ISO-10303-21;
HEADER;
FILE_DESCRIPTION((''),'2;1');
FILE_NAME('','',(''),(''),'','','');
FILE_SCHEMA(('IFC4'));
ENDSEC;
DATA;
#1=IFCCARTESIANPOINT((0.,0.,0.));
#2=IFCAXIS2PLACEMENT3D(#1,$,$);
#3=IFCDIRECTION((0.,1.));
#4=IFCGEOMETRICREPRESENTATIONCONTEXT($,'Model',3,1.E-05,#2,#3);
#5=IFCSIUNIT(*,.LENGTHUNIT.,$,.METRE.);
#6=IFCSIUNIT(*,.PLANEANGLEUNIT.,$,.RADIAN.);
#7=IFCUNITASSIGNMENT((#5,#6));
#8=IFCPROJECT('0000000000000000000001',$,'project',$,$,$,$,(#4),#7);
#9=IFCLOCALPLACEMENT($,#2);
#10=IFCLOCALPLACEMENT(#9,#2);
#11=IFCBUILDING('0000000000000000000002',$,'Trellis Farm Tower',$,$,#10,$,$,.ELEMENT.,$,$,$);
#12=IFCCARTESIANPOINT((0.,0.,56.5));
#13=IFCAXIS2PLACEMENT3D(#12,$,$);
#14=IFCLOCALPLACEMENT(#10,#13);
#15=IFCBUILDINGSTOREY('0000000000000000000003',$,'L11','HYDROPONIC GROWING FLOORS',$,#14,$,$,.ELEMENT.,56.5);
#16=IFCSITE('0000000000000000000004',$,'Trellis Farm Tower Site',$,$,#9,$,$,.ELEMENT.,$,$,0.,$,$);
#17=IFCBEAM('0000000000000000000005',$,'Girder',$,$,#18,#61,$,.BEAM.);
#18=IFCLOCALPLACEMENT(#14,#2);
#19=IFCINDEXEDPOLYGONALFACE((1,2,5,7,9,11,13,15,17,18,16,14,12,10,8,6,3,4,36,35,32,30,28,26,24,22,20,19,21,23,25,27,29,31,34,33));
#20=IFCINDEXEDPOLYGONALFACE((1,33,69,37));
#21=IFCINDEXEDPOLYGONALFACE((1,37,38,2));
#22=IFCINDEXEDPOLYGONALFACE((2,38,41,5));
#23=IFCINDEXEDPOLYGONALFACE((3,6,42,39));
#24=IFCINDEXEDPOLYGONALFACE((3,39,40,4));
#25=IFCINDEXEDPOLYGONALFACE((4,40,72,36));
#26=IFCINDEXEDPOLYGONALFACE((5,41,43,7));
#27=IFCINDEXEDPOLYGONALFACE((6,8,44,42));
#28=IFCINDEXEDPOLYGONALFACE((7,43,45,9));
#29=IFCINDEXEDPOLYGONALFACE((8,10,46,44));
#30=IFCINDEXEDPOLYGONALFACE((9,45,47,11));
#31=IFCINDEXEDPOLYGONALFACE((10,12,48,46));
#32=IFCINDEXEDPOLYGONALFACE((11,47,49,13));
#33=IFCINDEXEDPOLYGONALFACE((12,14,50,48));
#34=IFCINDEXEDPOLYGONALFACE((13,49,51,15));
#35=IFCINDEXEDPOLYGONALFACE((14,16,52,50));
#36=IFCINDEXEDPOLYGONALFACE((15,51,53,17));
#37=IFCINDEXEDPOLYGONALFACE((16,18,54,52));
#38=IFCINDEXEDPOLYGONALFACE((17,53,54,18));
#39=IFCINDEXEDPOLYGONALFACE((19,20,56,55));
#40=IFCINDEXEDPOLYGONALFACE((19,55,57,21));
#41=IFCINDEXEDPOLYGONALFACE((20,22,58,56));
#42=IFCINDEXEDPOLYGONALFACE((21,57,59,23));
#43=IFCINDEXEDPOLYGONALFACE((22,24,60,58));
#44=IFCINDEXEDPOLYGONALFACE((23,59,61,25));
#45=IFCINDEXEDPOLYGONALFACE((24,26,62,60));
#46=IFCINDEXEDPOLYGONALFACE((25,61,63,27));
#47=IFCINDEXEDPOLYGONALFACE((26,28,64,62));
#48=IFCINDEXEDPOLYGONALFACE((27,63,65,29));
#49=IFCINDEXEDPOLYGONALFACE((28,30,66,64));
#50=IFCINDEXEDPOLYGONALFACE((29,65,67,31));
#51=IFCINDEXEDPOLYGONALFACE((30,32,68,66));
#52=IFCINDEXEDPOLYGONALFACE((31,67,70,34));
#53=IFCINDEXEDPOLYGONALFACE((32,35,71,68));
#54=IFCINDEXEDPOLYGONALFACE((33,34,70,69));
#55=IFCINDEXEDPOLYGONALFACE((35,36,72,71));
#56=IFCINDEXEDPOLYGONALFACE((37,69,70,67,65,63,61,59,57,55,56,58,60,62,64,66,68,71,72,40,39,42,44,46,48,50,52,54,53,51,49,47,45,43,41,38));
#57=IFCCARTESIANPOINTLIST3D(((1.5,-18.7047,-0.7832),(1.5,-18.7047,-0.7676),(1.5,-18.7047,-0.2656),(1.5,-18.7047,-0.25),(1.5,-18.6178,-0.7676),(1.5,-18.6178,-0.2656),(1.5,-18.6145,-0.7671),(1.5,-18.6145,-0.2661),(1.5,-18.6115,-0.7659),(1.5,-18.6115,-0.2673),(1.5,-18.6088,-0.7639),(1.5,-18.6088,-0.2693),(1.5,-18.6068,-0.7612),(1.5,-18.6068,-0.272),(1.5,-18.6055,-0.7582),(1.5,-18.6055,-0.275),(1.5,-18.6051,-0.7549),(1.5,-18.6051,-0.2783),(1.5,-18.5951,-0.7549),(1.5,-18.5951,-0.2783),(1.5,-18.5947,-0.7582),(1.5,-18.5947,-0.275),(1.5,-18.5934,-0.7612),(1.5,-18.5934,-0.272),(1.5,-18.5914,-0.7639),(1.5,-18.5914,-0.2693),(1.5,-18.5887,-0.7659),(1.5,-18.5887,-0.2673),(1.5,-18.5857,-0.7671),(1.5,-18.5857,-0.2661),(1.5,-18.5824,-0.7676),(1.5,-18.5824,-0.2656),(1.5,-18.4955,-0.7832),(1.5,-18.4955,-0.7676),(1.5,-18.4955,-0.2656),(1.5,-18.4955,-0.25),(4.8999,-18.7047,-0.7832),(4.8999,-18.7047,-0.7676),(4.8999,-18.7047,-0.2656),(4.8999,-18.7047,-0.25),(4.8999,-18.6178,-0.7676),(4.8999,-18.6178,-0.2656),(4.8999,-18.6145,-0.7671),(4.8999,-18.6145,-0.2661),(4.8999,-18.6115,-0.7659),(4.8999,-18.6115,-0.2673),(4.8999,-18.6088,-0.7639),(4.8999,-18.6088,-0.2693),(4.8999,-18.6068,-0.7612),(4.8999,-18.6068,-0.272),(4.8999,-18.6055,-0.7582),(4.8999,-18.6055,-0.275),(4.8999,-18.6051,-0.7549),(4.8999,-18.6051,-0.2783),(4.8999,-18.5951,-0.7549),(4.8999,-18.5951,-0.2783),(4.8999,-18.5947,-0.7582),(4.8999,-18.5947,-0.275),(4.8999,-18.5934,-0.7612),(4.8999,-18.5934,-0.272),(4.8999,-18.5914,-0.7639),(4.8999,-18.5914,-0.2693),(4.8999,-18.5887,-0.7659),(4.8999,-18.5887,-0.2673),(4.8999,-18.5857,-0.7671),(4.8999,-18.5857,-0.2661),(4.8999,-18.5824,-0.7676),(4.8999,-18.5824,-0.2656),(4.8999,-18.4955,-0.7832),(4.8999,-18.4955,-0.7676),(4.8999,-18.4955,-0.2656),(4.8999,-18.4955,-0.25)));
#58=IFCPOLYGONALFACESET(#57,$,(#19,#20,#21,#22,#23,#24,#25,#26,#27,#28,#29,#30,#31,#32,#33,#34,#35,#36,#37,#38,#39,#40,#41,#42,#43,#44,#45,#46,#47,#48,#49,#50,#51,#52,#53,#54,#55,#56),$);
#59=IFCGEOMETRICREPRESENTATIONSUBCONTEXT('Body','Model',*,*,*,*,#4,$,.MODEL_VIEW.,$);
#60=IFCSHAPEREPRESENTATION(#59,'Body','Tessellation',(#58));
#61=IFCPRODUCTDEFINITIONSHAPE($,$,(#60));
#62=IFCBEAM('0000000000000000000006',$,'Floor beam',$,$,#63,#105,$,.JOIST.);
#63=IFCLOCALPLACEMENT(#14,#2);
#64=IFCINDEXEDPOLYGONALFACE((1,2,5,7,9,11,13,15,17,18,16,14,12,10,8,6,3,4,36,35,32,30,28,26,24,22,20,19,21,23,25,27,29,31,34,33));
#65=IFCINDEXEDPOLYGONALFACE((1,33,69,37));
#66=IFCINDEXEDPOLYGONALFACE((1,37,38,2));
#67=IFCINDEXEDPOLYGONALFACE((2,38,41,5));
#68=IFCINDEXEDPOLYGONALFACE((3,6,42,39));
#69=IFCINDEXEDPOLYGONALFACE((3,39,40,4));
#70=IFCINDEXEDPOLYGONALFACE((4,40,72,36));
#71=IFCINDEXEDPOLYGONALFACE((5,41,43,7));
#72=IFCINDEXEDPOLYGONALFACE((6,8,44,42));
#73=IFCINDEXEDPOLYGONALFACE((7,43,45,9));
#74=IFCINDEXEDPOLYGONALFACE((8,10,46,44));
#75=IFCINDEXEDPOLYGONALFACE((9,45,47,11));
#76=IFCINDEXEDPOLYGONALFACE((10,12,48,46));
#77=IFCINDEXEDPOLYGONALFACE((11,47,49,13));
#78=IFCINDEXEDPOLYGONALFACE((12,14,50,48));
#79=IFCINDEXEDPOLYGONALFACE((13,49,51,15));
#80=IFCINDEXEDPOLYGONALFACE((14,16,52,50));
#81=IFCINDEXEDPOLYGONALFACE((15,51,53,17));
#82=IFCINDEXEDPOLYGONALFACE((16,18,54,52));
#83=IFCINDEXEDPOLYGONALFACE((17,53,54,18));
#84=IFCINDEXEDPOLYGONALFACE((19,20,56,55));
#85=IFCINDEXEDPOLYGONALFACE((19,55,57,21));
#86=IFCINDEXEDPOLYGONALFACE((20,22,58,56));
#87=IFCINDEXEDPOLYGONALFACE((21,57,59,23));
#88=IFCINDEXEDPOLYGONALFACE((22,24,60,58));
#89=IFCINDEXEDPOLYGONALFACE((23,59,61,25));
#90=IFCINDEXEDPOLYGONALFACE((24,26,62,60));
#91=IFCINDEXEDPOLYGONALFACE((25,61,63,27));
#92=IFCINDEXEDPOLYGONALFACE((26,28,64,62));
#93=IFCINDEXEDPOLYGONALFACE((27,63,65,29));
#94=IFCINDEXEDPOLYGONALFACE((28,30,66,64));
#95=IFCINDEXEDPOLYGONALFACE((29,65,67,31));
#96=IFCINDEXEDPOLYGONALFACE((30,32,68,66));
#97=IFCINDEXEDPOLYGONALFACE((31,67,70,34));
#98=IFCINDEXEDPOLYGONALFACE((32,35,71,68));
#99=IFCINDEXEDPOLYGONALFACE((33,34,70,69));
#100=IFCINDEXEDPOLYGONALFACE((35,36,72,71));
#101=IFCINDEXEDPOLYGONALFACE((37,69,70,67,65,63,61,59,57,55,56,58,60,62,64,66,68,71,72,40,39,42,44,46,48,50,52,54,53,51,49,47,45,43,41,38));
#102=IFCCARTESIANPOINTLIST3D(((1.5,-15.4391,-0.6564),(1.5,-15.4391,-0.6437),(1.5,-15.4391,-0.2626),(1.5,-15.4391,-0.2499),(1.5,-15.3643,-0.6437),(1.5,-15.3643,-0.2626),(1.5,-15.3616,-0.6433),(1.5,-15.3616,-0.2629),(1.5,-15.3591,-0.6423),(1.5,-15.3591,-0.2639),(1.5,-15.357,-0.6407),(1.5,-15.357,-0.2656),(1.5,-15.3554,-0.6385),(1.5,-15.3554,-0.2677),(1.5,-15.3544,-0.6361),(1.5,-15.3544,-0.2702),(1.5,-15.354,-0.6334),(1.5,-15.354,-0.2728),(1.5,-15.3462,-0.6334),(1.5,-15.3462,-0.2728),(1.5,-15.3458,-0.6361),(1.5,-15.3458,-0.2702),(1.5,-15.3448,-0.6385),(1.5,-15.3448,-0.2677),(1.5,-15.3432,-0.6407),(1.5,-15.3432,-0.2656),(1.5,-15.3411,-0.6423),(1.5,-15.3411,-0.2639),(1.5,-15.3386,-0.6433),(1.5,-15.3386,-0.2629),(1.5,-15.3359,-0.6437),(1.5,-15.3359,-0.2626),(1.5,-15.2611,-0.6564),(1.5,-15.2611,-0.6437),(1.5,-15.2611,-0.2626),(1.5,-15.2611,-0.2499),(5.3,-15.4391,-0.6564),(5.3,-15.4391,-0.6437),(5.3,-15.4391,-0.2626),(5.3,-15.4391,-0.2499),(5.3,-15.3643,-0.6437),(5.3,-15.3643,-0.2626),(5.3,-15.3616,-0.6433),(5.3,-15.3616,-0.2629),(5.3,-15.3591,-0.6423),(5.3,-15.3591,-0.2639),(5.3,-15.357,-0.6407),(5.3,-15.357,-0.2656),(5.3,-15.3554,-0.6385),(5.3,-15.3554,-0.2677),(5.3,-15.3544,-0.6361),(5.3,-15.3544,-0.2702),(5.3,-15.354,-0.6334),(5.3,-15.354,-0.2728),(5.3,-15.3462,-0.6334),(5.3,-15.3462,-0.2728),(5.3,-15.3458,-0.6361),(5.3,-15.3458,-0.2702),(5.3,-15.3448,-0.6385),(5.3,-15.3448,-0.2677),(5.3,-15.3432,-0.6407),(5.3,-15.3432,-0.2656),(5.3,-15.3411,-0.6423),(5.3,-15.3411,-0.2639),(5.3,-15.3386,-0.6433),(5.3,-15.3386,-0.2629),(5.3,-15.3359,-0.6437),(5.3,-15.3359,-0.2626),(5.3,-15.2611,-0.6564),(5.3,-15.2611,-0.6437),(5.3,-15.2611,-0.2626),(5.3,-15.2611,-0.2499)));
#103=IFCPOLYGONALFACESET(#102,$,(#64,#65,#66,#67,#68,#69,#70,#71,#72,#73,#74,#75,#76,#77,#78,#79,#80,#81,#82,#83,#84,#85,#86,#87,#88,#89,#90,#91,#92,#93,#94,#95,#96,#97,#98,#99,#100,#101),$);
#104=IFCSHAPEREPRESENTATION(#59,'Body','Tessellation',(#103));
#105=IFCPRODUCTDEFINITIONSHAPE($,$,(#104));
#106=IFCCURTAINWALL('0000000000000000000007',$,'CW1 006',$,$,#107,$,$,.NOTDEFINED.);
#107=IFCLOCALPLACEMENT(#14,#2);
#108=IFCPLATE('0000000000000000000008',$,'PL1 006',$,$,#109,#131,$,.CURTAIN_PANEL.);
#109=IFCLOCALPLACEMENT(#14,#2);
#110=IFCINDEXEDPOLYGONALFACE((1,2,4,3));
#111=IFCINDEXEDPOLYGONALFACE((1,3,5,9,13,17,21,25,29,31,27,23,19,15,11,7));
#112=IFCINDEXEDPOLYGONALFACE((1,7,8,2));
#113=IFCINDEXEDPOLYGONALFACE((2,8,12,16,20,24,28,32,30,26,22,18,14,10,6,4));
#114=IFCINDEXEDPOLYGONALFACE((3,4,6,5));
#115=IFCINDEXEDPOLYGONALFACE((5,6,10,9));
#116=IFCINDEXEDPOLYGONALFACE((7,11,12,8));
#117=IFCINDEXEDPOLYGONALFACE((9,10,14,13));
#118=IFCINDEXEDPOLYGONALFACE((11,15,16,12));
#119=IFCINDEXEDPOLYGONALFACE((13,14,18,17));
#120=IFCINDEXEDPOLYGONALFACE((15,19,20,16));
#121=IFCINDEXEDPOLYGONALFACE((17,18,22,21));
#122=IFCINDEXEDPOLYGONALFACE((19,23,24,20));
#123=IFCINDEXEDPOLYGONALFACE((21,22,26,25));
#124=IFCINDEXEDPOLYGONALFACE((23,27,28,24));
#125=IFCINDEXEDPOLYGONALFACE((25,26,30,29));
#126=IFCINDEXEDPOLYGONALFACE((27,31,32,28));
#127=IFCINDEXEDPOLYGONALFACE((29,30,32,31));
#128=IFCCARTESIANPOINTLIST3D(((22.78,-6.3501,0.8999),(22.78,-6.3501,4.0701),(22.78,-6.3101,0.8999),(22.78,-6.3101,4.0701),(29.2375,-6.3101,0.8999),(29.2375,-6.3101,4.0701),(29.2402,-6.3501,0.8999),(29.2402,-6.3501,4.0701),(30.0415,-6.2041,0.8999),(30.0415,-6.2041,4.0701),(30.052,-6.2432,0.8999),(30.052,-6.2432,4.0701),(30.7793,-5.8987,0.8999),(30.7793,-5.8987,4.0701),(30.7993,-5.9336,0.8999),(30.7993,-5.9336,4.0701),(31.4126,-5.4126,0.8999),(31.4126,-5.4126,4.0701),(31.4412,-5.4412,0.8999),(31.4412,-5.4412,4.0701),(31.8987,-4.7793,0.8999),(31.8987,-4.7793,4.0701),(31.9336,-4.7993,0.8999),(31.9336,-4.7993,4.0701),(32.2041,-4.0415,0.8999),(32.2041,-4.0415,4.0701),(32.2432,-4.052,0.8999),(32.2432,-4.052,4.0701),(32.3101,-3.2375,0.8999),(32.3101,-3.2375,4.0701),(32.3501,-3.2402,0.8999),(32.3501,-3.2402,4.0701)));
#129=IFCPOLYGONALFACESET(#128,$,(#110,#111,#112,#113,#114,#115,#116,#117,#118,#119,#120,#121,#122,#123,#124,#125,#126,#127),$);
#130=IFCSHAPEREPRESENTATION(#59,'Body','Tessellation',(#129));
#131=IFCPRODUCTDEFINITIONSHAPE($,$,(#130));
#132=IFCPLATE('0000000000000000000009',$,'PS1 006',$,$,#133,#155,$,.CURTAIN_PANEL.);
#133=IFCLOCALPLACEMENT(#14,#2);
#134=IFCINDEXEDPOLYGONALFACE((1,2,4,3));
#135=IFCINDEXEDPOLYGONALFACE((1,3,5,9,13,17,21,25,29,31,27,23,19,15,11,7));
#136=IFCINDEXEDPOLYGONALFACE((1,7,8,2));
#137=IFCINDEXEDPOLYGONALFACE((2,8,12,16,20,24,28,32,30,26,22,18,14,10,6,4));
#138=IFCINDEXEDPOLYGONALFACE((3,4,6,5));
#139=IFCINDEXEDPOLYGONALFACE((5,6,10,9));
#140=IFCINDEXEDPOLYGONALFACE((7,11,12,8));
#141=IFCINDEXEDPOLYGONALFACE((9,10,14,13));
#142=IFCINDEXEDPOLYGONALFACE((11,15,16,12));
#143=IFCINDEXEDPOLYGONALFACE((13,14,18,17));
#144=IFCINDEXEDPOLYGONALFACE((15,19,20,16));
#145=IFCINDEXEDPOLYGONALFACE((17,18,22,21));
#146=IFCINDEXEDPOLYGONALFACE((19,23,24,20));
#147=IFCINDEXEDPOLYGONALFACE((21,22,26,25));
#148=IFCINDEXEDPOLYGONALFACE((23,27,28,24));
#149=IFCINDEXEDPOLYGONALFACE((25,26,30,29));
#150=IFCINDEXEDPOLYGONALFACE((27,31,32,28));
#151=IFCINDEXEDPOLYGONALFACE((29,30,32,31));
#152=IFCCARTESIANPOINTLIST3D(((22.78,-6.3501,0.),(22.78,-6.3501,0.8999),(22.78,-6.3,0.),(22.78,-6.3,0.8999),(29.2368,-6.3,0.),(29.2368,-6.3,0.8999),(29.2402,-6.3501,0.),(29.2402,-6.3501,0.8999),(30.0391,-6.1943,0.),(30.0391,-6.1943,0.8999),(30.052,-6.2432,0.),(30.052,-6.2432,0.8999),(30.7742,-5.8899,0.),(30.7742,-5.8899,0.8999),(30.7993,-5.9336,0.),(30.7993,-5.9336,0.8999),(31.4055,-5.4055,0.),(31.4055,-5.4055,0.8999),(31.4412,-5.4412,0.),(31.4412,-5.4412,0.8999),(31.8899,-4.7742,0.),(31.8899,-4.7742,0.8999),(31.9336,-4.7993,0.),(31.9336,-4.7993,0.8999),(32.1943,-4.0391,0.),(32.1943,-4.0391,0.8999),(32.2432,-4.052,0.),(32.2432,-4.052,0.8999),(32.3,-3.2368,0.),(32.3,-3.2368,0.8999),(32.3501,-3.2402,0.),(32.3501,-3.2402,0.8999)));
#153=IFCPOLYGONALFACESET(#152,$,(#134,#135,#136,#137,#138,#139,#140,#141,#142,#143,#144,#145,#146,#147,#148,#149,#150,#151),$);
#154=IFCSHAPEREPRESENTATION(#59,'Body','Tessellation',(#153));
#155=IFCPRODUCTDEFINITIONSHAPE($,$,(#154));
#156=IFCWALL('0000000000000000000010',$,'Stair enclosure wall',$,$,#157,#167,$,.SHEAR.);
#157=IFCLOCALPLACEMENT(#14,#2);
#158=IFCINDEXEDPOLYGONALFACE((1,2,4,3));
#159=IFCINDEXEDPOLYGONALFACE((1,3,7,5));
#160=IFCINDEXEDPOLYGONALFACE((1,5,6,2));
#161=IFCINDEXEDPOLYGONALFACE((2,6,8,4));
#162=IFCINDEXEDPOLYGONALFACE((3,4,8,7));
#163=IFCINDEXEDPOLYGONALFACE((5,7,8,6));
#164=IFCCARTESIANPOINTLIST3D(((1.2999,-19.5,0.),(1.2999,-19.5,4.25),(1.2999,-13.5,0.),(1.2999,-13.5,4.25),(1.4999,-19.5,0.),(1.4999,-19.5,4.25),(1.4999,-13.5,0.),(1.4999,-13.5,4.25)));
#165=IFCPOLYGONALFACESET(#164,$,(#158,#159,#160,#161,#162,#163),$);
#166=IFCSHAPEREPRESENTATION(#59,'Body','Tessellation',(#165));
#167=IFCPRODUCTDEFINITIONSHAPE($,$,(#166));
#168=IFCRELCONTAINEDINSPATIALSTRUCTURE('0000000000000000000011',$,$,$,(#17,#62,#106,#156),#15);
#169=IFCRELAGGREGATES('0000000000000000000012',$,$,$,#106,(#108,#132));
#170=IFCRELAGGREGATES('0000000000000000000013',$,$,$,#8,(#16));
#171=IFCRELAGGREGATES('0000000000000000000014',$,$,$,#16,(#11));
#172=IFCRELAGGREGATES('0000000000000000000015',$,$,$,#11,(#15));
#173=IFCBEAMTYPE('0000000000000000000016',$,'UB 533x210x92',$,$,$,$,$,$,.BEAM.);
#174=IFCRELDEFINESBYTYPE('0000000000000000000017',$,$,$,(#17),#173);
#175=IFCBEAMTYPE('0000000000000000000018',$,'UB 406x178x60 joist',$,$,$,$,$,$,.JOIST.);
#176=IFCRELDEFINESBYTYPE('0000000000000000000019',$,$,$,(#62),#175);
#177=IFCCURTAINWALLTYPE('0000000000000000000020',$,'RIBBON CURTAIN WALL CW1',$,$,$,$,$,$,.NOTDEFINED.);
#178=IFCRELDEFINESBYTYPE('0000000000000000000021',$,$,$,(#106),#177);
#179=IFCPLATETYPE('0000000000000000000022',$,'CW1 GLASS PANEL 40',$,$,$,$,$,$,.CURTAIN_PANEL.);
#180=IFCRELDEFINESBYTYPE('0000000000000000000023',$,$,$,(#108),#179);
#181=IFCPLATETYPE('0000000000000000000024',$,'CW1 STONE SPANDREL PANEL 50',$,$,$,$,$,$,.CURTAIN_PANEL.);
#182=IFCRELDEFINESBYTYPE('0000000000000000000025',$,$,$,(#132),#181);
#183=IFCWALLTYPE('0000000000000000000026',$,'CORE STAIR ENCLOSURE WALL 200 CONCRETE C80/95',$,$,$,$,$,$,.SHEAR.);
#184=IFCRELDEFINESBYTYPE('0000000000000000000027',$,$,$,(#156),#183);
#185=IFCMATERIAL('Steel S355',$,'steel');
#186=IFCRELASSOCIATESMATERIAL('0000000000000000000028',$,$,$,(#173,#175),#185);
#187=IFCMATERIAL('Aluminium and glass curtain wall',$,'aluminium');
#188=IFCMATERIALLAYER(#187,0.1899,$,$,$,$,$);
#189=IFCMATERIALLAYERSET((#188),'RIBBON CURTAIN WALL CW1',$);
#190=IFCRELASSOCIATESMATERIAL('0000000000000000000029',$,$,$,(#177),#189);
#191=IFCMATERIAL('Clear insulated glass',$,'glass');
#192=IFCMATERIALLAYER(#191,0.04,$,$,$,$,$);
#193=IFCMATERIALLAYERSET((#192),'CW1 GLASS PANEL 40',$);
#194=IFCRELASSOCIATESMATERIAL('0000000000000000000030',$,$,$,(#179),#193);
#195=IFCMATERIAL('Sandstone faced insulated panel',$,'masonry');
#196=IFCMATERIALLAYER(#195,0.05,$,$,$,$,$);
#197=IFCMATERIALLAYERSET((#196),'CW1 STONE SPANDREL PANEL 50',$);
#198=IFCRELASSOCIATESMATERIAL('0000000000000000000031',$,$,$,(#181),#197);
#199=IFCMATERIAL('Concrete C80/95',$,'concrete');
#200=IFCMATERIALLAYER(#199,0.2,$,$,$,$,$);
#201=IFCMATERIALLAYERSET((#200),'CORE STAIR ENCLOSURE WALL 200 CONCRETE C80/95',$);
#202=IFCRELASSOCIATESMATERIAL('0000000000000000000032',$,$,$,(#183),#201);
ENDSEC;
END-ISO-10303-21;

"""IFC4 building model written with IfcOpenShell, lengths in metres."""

from ifc_helpers import new_model, si_unit, direction, frame, frame_2d, origin, origin_2d, place, context, subcontext, project, spatial, polyline, rectangle, i_section, outline, extrude, source, transform, mapped, material, layer, layer_set, material_profile, profile_set, type_object, element, aggregate, save


model = new_model("IFC4")

# Units and contexts
model_context = context("Model", 3, precision=1e-05, world=origin(), true_north=direction((0.0, 1.0)))
body_context = subcontext(model_context, "Body", "Model", "MODEL_VIEW")
ifc_project = project(units=[si_unit("LENGTHUNIT", "METRE"), si_unit("PLANEANGLEUNIT", "RADIAN")], contexts=[model_context])

# Site, building, storey
site_placement = place(None, origin())
site = spatial("IfcSite", under=ifc_project, at=site_placement, Name="Trellis Farm Tower Site", CompositionType="ELEMENT", RefElevation=0.0)
building_placement = place(site_placement, origin())
building = spatial("IfcBuilding", under=site, at=building_placement, Name="Trellis Farm Tower", CompositionType="ELEMENT")
storey_placement = place(building_placement, frame((0.0, 0.0, 56.5)))
storey = spatial("IfcBuildingStorey", under=building, at=storey_placement, Name="L11", Description="HYDROPONIC GROWING FLOORS", CompositionType="ELEMENT", Elevation=56.5)

# Beams
ifc_material_1 = material(Name="Steel S355", Category="steel")
ifc_material_profile_1 = material_profile(ifc_material_1, i_section(OverallWidth=0.2092, OverallDepth=0.5332, WebThickness=0.01, FlangeThickness=0.0156, FilletRadius=0.0127, at=origin_2d()), Name="UB 533x210x92")
ifc_profile_set_1 = profile_set([ifc_material_profile_1], Name="Steel S355")
beam_type_1 = type_object("IfcBeamType", Name="UB 533x210x92", PredefinedType="BEAM", material=ifc_profile_set_1)
shared_shape_1 = source(origin(), body_context, "Body", "SweptSolid", [
    extrude(i_section(OverallWidth=0.2092, OverallDepth=0.5332, WebThickness=0.01, FlangeThickness=0.0156, FilletRadius=0.0127, at=origin_2d()), origin(), (0.0, 0.0, 1.0), 3.3999),
])
beam_1_placement = place(storey_placement, frame((1.5, -18.6001, -0.5166), z_axis=(1.0, 0.0, 0.0), x_axis=(0.0, 1.0, 0.0)))
element("IfcBeam", 1, at=beam_1_placement, inside=storey, type_object=beam_type_1, Name="Girder", PredefinedType="BEAM", context=body_context, shape_type="MappedRepresentation", body=[
    mapped(shared_shape_1, transform((0.0, 0.0, 0.0))),
])
ifc_material_profile_2 = material_profile(ifc_material_1, i_section(OverallWidth=0.178, OverallDepth=0.4065, WebThickness=0.0078, FlangeThickness=0.0127, FilletRadius=0.0103, at=origin_2d()), Name="UB 406x178x60")
ifc_profile_set_2 = profile_set([ifc_material_profile_2], Name="Steel S355")
beam_type_2 = type_object("IfcBeamType", Name="UB 406x178x60 joist", PredefinedType="JOIST", material=ifc_profile_set_2)
shared_shape_2 = source(origin(), body_context, "Body", "SweptSolid", [
    extrude(i_section(OverallWidth=0.178, OverallDepth=0.4065, WebThickness=0.0078, FlangeThickness=0.0127, FilletRadius=0.0103, at=origin_2d()), origin(), (0.0, 0.0, 1.0), 3.8),
])
beam_2_placement = place(storey_placement, frame((1.5, -15.3501, -0.4531), z_axis=(1.0, 0.0, 0.0), x_axis=(0.0, 1.0, 0.0)))
element("IfcBeam", 2, at=beam_2_placement, inside=storey, type_object=beam_type_2, Name="Floor beam", PredefinedType="JOIST", context=body_context, shape_type="MappedRepresentation", body=[
    mapped(shared_shape_2, transform((0.0, 0.0, 0.0))),
])

# Curtain wall, plates
ifc_material_2 = material(Name="Aluminium and glass curtain wall", Category="aluminium")
ifc_layer_1 = layer(ifc_material_2, 0.1899)
ifc_layer_set_1 = layer_set([ifc_layer_1], Name="RIBBON CURTAIN WALL CW1")
curtain_wall_type = type_object("IfcCurtainWallType", Name="RIBBON CURTAIN WALL CW1", PredefinedType="NOTDEFINED", material=ifc_layer_set_1)
placement = place(storey_placement, origin())
curtain_wall = element("IfcCurtainWall", 3, at=placement, inside=storey, type_object=curtain_wall_type, Name="CW1 006", PredefinedType="NOTDEFINED")
ifc_material_3 = material(Name="Clear insulated glass", Category="glass")
ifc_layer_2 = layer(ifc_material_3, 0.04)
ifc_layer_set_2 = layer_set([ifc_layer_2], Name="CW1 GLASS PANEL 40")
plate_type_1 = type_object("IfcPlateType", Name="CW1 GLASS PANEL 40", PredefinedType="CURTAIN_PANEL", material=ifc_layer_set_2)
shared_shape_3 = source(origin(), body_context, "Body", "SweptSolid", [
    extrude(outline(polyline([(22.78, -6.3501), (29.2402, -6.3501), (30.052, -6.2432), (30.7993, -5.9336), (31.4412, -5.4412), (31.9336, -4.7993), (32.2432, -4.052), (32.3501, -3.2402), (32.3101, -3.2375), (32.2041, -4.0415), (31.8987, -4.7793), (31.4126, -5.4126), (30.7793, -5.8987), (30.0415, -6.2041), (29.2375, -6.3101), (22.78, -6.3101), (22.78, -6.3501)])), origin(), (0.0, 0.0, 1.0), 3.1702),
])
plate_1_placement = place(storey_placement, frame((0.0, 0.0, 0.8999)))
plate_1 = element("IfcPlate", 4, at=plate_1_placement, type_object=plate_type_1, Name="PL1 006", PredefinedType="CURTAIN_PANEL", context=body_context, shape_type="MappedRepresentation", body=[
    mapped(shared_shape_3, transform((0.0, 0.0, 0.0))),
])
ifc_material_4 = material(Name="Sandstone faced insulated panel", Category="masonry")
ifc_layer_3 = layer(ifc_material_4, 0.05)
ifc_layer_set_3 = layer_set([ifc_layer_3], Name="CW1 STONE SPANDREL PANEL 50")
plate_type_2 = type_object("IfcPlateType", Name="CW1 STONE SPANDREL PANEL 50", PredefinedType="CURTAIN_PANEL", material=ifc_layer_set_3)
shared_shape_4 = source(origin(), body_context, "Body", "SweptSolid", [
    extrude(outline(polyline([(22.78, -6.3501), (29.2402, -6.3501), (30.052, -6.2432), (30.7993, -5.9336), (31.4412, -5.4412), (31.9336, -4.7993), (32.2432, -4.052), (32.3501, -3.2402), (32.3, -3.2368), (32.1943, -4.0391), (31.8899, -4.7742), (31.4055, -5.4055), (30.7742, -5.8899), (30.0391, -6.1943), (29.2368, -6.3), (22.78, -6.3), (22.78, -6.3501)])), origin(), (0.0, 0.0, 1.0), 0.8999),
])
plate_2 = element("IfcPlate", 5, at=placement, type_object=plate_type_2, Name="PS1 006", PredefinedType="CURTAIN_PANEL", context=body_context, shape_type="MappedRepresentation", body=[
    mapped(shared_shape_4, transform((0.0, 0.0, 0.0))),
])
aggregate(curtain_wall, [plate_1, plate_2])

# Wall
ifc_material_5 = material(Name="Concrete C80/95", Category="concrete")
ifc_layer_4 = layer(ifc_material_5, 0.2)
ifc_layer_set_4 = layer_set([ifc_layer_4], Name="CORE STAIR ENCLOSURE WALL 200 CONCRETE C80/95")
wall_type_1 = type_object("IfcWallType", Name="CORE STAIR ENCLOSURE WALL 200 CONCRETE C80/95", PredefinedType="SHEAR", material=ifc_layer_set_4)
shared_shape_5 = source(origin(), body_context, "Body", "SweptSolid", [
    extrude(rectangle(XDim=6.0, YDim=0.2, at=frame_2d((3.0, 0.0))), origin(), (0.0, 0.0, 1.0), 4.25),
])
wall_1_placement = place(storey_placement, frame((1.3999, -13.5, 0.0), z_axis=(0.0, 0.0, 1.0), x_axis=(0.0, -1.0, 0.0)))
element("IfcWall", 6, at=wall_1_placement, inside=storey, type_object=wall_type_1, Name="Stair enclosure wall", PredefinedType="SHEAR", context=body_context, shape_type="MappedRepresentation", body=[
    mapped(shared_shape_5, transform((0.0, 0.0, 0.0))),
])

save(model, "model.ifc")
